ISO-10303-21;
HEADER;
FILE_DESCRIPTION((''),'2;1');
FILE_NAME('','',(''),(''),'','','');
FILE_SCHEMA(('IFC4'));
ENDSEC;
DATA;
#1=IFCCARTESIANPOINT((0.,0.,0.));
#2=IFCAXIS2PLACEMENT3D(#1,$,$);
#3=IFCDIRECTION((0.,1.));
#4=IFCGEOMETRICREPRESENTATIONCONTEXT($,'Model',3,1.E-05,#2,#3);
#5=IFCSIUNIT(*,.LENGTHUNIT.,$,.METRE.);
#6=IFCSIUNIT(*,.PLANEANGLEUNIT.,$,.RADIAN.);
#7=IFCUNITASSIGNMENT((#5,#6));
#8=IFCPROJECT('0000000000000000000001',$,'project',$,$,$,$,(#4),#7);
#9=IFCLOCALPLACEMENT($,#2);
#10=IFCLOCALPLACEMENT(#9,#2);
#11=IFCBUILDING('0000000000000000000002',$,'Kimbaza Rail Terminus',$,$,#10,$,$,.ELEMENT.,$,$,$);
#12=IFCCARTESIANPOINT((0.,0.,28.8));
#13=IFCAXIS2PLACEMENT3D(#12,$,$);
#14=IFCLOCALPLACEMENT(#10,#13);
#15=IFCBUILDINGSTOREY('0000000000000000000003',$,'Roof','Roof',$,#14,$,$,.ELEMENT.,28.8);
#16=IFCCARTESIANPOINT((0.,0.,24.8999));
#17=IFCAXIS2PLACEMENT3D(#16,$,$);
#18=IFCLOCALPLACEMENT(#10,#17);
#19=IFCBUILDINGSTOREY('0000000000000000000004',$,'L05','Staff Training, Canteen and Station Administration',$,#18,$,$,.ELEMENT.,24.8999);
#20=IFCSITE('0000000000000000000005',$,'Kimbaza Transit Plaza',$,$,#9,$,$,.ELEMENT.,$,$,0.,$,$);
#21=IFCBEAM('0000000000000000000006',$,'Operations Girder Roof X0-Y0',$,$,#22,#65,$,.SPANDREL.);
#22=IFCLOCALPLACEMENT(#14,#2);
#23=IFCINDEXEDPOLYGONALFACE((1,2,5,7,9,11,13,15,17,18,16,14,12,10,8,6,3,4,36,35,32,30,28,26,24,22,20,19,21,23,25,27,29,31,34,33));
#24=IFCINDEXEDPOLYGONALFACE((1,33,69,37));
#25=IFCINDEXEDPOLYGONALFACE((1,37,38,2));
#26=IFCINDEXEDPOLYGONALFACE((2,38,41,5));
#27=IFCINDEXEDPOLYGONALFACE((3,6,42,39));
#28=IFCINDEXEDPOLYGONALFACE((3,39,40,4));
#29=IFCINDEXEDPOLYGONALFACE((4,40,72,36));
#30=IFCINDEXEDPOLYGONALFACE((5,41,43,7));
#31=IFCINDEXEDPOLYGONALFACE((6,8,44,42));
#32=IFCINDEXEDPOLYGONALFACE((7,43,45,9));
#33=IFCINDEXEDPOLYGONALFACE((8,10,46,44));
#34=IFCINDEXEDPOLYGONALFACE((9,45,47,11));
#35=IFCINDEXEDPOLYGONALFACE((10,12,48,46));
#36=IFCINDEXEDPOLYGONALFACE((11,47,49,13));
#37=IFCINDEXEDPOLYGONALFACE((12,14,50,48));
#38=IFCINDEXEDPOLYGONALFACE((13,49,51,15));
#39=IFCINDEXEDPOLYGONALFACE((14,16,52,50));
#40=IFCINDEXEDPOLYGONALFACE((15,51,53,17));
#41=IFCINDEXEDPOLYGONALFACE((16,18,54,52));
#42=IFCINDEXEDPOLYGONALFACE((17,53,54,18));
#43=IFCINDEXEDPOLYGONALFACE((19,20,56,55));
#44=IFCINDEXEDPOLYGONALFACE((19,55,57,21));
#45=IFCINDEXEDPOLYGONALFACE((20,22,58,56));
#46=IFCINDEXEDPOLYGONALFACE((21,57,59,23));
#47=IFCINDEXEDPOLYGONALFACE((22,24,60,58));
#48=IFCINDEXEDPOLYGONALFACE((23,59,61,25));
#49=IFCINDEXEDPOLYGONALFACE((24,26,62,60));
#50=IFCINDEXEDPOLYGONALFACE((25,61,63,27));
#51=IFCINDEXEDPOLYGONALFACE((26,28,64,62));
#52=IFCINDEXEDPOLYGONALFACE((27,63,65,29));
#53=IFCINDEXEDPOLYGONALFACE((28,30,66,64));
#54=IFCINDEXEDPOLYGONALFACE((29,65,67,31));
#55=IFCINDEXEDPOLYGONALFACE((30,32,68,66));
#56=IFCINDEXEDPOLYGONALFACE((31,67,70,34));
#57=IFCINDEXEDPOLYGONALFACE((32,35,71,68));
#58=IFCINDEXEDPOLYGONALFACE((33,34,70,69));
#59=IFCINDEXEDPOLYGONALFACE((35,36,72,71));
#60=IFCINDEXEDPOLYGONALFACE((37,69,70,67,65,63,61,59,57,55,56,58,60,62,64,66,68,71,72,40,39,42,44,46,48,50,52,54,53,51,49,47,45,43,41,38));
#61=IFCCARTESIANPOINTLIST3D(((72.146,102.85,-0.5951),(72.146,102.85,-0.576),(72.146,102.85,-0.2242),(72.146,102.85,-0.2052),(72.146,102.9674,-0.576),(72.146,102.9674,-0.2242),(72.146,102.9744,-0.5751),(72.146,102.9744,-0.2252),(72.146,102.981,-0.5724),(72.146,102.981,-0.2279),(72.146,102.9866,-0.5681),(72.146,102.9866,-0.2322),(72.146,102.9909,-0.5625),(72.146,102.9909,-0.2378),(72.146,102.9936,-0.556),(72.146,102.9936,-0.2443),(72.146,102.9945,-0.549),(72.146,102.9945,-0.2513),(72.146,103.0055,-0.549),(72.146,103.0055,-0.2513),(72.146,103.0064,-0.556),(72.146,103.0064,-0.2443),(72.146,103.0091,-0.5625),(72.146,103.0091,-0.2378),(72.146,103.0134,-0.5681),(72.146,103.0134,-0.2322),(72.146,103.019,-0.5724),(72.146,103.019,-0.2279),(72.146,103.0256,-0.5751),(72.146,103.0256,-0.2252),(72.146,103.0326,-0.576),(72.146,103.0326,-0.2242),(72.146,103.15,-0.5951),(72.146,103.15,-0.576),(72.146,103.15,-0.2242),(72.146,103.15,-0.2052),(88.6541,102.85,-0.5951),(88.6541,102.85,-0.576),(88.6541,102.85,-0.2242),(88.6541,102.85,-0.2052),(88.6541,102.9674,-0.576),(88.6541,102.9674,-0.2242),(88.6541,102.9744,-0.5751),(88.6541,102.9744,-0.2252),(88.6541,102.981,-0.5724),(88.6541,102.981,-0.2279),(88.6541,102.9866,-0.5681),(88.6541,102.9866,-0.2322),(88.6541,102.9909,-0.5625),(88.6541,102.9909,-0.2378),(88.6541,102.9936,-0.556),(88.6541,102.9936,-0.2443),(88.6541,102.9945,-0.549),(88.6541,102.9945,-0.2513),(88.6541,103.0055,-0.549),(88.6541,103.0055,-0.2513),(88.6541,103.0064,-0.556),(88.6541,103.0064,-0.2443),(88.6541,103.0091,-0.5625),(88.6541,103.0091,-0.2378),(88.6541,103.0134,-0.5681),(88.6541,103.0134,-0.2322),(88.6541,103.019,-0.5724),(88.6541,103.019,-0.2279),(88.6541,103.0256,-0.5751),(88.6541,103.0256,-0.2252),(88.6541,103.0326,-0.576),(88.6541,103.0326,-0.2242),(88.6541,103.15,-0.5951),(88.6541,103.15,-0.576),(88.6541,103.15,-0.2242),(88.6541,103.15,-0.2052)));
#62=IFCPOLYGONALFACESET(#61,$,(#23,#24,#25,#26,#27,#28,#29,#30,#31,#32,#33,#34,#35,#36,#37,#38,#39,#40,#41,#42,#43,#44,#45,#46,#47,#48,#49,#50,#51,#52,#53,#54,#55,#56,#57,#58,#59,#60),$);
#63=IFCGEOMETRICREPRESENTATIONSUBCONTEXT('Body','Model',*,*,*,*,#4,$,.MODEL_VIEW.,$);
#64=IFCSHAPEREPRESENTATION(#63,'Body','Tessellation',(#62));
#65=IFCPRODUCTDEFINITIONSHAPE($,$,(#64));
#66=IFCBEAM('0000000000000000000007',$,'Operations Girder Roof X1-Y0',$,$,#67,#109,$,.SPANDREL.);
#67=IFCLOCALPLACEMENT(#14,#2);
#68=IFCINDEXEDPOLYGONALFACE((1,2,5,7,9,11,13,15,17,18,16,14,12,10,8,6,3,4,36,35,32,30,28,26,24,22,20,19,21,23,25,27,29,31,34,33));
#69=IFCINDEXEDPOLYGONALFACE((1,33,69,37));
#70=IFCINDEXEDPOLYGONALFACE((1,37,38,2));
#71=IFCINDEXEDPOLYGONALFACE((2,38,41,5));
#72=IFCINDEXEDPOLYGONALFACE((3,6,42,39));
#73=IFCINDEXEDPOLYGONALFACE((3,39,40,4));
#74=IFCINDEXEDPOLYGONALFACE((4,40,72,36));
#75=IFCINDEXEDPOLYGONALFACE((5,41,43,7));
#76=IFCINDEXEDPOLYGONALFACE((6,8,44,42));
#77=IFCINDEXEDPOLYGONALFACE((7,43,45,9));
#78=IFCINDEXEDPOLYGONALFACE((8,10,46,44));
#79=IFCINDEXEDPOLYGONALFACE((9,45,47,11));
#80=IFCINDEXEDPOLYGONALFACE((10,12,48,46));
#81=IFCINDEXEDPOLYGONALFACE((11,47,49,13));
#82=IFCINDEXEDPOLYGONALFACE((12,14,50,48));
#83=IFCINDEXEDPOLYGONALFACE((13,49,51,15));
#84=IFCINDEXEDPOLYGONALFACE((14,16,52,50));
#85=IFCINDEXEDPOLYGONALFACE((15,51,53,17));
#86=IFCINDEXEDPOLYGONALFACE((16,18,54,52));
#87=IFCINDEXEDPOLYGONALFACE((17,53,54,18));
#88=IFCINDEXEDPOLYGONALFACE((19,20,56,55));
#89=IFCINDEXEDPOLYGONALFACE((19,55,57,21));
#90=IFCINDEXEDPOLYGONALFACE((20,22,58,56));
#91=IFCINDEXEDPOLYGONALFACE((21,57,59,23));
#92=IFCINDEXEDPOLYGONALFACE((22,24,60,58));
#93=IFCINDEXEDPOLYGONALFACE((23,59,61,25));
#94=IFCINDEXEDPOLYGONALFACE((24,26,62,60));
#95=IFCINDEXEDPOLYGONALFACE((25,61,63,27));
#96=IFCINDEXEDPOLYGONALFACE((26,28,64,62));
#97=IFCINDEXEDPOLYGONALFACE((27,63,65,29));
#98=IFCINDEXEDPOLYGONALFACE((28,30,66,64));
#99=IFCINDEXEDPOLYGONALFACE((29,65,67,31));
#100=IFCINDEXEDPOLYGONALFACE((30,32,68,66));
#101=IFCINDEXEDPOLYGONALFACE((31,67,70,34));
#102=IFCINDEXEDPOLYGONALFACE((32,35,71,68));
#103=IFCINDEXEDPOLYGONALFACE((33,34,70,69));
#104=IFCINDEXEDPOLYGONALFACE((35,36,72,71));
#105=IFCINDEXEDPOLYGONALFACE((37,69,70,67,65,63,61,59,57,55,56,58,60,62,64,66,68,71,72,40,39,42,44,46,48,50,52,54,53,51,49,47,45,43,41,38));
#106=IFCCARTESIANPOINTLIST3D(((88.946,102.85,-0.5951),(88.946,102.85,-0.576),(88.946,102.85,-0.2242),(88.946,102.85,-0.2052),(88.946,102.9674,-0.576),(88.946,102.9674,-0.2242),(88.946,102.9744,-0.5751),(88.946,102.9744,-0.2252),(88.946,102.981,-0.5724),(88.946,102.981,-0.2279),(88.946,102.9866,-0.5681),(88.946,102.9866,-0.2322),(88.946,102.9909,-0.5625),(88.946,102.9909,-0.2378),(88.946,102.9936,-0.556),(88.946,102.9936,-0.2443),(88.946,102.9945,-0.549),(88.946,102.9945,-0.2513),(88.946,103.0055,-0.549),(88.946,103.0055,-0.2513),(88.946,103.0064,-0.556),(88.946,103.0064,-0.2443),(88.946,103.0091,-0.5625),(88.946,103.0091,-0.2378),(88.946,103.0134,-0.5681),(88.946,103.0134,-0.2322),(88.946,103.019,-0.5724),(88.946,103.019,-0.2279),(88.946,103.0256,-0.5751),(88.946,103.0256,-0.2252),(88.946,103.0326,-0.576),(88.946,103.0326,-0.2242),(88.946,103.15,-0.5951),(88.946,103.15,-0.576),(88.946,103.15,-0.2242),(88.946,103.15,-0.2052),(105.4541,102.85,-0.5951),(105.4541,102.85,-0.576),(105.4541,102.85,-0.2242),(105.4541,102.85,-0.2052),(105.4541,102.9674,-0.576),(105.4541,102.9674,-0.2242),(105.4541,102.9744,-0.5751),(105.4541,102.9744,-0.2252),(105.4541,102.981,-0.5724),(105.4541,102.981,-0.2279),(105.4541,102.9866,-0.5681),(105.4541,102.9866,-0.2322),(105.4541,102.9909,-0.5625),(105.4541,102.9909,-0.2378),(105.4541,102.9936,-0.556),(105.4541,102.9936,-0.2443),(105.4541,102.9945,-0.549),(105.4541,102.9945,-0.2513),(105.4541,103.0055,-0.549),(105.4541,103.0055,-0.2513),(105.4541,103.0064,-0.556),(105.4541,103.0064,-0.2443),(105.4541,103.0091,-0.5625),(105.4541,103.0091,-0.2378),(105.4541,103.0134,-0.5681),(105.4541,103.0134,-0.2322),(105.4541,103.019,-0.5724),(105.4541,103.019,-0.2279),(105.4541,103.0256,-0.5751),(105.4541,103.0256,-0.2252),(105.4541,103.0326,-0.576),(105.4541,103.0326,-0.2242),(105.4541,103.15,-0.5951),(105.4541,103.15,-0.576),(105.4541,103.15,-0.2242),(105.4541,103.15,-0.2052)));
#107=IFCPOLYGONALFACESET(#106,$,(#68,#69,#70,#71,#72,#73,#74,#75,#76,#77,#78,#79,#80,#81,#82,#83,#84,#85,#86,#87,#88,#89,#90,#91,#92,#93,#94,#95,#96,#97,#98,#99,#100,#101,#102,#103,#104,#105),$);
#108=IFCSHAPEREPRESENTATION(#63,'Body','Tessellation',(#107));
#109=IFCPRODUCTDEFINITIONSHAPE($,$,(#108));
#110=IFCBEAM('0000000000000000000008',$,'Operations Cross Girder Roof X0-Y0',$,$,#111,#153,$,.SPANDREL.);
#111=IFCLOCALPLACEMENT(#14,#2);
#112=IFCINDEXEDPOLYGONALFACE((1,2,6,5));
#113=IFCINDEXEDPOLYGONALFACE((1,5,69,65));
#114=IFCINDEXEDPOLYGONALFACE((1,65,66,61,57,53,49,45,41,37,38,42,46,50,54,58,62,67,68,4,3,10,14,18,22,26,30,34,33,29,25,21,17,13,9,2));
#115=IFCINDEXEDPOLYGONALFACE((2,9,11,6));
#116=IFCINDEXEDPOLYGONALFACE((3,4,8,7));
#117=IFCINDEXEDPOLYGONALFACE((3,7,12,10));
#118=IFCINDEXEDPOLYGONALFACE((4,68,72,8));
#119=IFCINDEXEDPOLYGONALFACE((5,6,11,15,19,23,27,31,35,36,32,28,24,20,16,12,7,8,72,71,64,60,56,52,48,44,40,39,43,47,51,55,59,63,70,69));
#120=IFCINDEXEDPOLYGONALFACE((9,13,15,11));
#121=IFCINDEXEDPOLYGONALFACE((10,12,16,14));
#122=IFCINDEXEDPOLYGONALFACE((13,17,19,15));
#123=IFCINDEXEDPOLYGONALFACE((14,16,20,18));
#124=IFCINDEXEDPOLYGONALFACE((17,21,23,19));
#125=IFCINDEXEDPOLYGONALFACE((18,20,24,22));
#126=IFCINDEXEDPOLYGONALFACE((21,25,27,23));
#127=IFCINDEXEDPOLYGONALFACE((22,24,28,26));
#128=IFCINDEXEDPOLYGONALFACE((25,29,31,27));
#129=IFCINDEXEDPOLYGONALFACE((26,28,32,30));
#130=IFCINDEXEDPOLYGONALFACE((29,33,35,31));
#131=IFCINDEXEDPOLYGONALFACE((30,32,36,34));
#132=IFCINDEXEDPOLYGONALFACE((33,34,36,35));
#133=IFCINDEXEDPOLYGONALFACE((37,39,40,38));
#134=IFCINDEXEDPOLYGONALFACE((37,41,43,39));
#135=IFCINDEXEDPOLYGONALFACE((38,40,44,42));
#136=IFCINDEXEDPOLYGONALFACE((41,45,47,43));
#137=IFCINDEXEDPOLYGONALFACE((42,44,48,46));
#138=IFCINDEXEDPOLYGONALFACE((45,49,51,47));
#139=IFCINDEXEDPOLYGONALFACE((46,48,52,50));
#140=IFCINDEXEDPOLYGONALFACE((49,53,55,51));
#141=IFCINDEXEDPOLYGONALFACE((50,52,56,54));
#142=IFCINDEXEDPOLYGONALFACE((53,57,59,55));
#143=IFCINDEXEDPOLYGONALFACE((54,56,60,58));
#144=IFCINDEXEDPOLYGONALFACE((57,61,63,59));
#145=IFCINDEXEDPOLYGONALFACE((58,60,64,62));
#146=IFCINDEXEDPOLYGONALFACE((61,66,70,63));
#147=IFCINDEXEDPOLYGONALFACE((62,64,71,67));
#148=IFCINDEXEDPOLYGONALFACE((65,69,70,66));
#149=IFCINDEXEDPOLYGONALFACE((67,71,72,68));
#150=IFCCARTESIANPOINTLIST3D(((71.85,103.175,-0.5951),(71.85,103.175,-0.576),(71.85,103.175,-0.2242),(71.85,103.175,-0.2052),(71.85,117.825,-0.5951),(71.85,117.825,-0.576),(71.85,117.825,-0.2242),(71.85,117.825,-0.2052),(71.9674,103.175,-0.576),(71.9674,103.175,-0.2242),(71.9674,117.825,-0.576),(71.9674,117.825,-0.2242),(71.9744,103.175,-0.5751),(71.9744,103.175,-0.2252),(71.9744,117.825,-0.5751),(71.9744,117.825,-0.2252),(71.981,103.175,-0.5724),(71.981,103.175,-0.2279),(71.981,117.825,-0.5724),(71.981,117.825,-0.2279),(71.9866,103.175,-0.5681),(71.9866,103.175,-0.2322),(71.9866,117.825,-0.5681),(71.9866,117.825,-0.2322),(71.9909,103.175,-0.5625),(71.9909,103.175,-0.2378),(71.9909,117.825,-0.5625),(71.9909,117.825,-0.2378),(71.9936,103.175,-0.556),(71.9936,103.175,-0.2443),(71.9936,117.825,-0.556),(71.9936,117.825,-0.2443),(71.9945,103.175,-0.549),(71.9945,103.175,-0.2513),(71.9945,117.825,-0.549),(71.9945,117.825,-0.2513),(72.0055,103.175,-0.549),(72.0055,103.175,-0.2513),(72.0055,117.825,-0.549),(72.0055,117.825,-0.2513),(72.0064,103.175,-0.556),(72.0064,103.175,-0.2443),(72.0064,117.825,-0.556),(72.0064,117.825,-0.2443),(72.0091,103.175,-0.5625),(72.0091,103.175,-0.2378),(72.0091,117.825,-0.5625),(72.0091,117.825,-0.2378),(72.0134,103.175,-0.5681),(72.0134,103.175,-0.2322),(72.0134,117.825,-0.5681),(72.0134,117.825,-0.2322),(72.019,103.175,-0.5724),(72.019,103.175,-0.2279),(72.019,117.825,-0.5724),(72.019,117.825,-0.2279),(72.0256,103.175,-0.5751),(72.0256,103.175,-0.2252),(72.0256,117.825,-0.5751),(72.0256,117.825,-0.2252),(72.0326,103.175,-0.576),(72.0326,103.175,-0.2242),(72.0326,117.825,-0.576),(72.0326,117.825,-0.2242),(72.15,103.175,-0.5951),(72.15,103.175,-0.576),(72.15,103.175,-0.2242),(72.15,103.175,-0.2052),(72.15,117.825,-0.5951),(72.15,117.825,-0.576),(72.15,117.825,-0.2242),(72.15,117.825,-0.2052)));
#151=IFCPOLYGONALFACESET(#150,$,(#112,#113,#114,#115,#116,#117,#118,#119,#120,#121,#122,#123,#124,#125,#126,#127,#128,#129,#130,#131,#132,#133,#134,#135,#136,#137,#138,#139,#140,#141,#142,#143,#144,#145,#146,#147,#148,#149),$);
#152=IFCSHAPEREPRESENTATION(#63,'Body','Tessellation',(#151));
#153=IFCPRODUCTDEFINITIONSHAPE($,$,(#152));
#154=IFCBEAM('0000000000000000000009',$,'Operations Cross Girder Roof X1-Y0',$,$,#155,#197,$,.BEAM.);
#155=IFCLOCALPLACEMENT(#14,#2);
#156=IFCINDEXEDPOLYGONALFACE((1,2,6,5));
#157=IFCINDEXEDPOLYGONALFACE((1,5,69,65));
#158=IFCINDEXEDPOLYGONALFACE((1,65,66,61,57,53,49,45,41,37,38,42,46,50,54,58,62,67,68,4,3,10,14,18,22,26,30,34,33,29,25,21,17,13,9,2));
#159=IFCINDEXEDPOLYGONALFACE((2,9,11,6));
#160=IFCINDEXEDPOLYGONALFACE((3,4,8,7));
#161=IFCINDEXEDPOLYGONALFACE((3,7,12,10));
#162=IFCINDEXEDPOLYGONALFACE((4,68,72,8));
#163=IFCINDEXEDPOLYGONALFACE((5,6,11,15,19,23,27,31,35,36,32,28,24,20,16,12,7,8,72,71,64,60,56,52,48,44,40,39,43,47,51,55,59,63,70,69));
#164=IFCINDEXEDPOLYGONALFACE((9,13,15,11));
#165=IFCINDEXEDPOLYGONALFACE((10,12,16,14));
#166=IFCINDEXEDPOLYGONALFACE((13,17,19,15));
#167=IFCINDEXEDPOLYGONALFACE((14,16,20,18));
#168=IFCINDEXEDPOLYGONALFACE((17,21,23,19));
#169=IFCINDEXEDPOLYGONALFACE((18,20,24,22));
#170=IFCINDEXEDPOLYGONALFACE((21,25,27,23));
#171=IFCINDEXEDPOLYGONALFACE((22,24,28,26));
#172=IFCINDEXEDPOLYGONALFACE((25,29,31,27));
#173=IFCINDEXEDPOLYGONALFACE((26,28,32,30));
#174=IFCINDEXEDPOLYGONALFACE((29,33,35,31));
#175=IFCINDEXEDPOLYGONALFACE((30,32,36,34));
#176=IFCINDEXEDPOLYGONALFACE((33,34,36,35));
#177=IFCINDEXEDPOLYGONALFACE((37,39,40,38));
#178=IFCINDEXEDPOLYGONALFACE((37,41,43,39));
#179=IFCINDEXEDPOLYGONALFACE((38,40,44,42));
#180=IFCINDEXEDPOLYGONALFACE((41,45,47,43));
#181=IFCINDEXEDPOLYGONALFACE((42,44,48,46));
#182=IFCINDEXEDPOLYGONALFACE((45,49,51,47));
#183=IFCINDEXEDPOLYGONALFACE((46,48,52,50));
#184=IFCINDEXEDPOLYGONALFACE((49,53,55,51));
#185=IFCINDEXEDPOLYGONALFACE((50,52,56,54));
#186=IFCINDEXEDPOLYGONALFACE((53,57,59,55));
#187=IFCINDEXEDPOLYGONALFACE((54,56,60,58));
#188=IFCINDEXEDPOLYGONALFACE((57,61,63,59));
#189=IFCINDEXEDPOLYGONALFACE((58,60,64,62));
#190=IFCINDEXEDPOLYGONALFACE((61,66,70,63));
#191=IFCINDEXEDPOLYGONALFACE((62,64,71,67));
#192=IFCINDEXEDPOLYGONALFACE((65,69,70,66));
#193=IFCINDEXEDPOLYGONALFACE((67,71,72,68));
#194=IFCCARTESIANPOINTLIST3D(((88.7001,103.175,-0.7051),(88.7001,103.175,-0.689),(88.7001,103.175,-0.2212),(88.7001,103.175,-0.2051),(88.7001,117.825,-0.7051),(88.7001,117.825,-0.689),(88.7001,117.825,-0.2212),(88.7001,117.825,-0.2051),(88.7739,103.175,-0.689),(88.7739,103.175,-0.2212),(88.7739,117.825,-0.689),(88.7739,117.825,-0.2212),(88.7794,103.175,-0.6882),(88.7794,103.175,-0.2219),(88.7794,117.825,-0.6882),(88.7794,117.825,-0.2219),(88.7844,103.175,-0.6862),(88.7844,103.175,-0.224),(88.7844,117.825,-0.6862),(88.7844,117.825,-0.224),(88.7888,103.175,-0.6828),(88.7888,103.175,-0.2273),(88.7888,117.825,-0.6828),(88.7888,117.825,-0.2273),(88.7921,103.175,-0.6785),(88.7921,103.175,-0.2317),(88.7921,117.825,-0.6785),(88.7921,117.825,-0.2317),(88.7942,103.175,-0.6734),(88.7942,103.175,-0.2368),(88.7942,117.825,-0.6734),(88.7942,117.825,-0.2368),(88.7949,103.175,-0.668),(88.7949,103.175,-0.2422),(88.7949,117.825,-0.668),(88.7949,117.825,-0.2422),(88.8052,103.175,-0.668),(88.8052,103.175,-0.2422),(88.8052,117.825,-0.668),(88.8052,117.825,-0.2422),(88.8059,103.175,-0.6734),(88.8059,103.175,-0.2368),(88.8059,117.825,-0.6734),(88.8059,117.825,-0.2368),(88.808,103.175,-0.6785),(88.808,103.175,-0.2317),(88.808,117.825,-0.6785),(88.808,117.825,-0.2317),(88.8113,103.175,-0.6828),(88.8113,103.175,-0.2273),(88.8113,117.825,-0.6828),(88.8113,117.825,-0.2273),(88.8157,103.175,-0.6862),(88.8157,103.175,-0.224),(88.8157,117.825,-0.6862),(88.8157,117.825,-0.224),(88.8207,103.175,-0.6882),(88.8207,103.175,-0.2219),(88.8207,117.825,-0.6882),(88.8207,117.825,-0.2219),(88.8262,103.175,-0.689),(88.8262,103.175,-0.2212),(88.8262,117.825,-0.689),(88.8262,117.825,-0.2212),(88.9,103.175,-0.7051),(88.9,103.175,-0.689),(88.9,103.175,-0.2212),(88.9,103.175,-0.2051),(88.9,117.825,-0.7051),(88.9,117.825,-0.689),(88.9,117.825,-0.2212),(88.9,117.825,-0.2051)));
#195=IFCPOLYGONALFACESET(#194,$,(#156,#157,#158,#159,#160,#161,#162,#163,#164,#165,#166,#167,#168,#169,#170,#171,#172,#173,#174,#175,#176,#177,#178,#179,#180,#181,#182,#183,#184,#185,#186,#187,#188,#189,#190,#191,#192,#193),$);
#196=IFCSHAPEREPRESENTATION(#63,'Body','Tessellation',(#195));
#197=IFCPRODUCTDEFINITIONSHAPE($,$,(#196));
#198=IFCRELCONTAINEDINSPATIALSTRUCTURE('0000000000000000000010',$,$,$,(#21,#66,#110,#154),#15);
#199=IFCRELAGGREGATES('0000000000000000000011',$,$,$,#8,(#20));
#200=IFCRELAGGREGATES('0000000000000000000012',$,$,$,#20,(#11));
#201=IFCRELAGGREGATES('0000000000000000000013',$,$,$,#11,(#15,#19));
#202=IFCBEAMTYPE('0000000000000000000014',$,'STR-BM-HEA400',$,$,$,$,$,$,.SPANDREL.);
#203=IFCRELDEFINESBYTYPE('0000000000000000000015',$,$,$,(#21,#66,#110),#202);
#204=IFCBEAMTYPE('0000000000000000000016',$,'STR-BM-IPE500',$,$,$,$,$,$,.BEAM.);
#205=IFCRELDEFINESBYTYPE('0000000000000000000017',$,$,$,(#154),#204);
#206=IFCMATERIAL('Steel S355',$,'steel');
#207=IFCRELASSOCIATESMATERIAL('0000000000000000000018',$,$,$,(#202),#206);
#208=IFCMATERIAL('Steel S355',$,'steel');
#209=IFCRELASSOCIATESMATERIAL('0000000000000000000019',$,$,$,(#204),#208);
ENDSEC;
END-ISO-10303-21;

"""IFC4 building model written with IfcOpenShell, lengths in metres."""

from ifc_helpers import new_model, si_unit, direction, frame, origin, origin_2d, place, context, subcontext, project, spatial, i_section, extrude, material, material_profile, profile_set, type_object, element, save


model = new_model("IFC4")

# Units and contexts
model_context = context("Model", 3, precision=1e-05, world=origin(), true_north=direction((0.0, 1.0)))
body_context = subcontext(model_context, "Body", "Model", "MODEL_VIEW")
ifc_project = project(units=[si_unit("LENGTHUNIT", "METRE"), si_unit("PLANEANGLEUNIT", "RADIAN")], contexts=[model_context])

# Site, building, storey
site_placement = place(None, origin())
site = spatial("IfcSite", under=ifc_project, at=site_placement, Name="Kimbaza Transit Plaza", CompositionType="ELEMENT", RefElevation=0.0)
building_placement = place(site_placement, origin())
building = spatial("IfcBuilding", under=site, at=building_placement, Name="Kimbaza Rail Terminus", CompositionType="ELEMENT")
storey_1_placement = place(building_placement, frame((0.0, 0.0, 28.8)))
storey_1 = spatial("IfcBuildingStorey", under=building, at=storey_1_placement, Name="Roof", Description="Roof", CompositionType="ELEMENT", Elevation=28.8)

# Beams
ifc_material_1 = material(Name="Steel S355", Category="steel")
ifc_material_profile_1 = material_profile(ifc_material_1, i_section(OverallWidth=0.3, OverallDepth=0.3899, WebThickness=0.011, FlangeThickness=0.019, FilletRadius=0.0271, at=origin_2d()), Name="HEA 400")
ifc_profile_set_1 = profile_set([ifc_material_profile_1], Name="Steel S355")
beam_type_1 = type_object("IfcBeamType", Name="STR-BM-HEA400", PredefinedType="SPANDREL", material=ifc_profile_set_1)
for number, where, z_axis, x_axis, name in (
    (1, (72.146, 103.0, -0.4001), (1.0, 0.0, 0.0), (0.0, 1.0, 0.0), "Operations Girder Roof X0-Y0"),
    (2, (88.946, 103.0, -0.4001), (1.0, 0.0, 0.0), (0.0, 1.0, 0.0), "Operations Girder Roof X1-Y0"),
):
    element("IfcBeam", number, at=place(storey_1_placement, frame(where, z_axis=z_axis, x_axis=x_axis)), inside=storey_1, type_object=beam_type_1, Name=name, PredefinedType="SPANDREL", context=body_context, shape_type="SweptSolid", body=[
        extrude(i_section(OverallWidth=0.3, OverallDepth=0.3899, WebThickness=0.011, FlangeThickness=0.019, FilletRadius=0.0271, at=origin_2d()), origin(), (0.0, 0.0, 1.0), 16.5081),
    ])
beam_1_placement = place(storey_1_placement, frame((72.0, 103.175, -0.4001), z_axis=(0.0, 1.0, 0.0), x_axis=(-1.0, 0.0, 0.0)))
element("IfcBeam", 3, at=beam_1_placement, inside=storey_1, type_object=beam_type_1, Name="Operations Cross Girder Roof X0-Y0", PredefinedType="SPANDREL", context=body_context, shape_type="SweptSolid", body=[
    extrude(i_section(OverallWidth=0.3, OverallDepth=0.3899, WebThickness=0.011, FlangeThickness=0.019, FilletRadius=0.0271, at=origin_2d()), origin(), (0.0, 0.0, 1.0), 14.6499),
])
ifc_material_2 = material(Name="Steel S355", Category="steel")
ifc_material_profile_2 = material_profile(ifc_material_2, i_section(OverallWidth=0.2, OverallDepth=0.5, WebThickness=0.0103, FlangeThickness=0.0161, FilletRadius=0.021, at=origin_2d()), Name="IPE 500")
ifc_profile_set_2 = profile_set([ifc_material_profile_2], Name="Steel S355")
beam_type_2 = type_object("IfcBeamType", Name="STR-BM-IPE500", PredefinedType="BEAM", material=ifc_profile_set_2)
beam_2_placement = place(storey_1_placement, frame((88.8, 103.175, -0.4551), z_axis=(0.0, 1.0, 0.0), x_axis=(-1.0, 0.0, 0.0)))
element("IfcBeam", 4, at=beam_2_placement, inside=storey_1, type_object=beam_type_2, Name="Operations Cross Girder Roof X1-Y0", PredefinedType="BEAM", context=body_context, shape_type="SweptSolid", body=[
    extrude(i_section(OverallWidth=0.2, OverallDepth=0.5, WebThickness=0.0103, FlangeThickness=0.0161, FilletRadius=0.021, at=origin_2d()), origin(), (0.0, 0.0, 1.0), 14.6499),
])

# Shared definitions
storey_2_placement = place(building_placement, frame((0.0, 0.0, 24.8999)))
storey_2 = spatial("IfcBuildingStorey", under=building, at=storey_2_placement, Name="L05", Description="Staff Training, Canteen and Station Administration", CompositionType="ELEMENT", Elevation=24.8999)

save(model, "model.ifc")
